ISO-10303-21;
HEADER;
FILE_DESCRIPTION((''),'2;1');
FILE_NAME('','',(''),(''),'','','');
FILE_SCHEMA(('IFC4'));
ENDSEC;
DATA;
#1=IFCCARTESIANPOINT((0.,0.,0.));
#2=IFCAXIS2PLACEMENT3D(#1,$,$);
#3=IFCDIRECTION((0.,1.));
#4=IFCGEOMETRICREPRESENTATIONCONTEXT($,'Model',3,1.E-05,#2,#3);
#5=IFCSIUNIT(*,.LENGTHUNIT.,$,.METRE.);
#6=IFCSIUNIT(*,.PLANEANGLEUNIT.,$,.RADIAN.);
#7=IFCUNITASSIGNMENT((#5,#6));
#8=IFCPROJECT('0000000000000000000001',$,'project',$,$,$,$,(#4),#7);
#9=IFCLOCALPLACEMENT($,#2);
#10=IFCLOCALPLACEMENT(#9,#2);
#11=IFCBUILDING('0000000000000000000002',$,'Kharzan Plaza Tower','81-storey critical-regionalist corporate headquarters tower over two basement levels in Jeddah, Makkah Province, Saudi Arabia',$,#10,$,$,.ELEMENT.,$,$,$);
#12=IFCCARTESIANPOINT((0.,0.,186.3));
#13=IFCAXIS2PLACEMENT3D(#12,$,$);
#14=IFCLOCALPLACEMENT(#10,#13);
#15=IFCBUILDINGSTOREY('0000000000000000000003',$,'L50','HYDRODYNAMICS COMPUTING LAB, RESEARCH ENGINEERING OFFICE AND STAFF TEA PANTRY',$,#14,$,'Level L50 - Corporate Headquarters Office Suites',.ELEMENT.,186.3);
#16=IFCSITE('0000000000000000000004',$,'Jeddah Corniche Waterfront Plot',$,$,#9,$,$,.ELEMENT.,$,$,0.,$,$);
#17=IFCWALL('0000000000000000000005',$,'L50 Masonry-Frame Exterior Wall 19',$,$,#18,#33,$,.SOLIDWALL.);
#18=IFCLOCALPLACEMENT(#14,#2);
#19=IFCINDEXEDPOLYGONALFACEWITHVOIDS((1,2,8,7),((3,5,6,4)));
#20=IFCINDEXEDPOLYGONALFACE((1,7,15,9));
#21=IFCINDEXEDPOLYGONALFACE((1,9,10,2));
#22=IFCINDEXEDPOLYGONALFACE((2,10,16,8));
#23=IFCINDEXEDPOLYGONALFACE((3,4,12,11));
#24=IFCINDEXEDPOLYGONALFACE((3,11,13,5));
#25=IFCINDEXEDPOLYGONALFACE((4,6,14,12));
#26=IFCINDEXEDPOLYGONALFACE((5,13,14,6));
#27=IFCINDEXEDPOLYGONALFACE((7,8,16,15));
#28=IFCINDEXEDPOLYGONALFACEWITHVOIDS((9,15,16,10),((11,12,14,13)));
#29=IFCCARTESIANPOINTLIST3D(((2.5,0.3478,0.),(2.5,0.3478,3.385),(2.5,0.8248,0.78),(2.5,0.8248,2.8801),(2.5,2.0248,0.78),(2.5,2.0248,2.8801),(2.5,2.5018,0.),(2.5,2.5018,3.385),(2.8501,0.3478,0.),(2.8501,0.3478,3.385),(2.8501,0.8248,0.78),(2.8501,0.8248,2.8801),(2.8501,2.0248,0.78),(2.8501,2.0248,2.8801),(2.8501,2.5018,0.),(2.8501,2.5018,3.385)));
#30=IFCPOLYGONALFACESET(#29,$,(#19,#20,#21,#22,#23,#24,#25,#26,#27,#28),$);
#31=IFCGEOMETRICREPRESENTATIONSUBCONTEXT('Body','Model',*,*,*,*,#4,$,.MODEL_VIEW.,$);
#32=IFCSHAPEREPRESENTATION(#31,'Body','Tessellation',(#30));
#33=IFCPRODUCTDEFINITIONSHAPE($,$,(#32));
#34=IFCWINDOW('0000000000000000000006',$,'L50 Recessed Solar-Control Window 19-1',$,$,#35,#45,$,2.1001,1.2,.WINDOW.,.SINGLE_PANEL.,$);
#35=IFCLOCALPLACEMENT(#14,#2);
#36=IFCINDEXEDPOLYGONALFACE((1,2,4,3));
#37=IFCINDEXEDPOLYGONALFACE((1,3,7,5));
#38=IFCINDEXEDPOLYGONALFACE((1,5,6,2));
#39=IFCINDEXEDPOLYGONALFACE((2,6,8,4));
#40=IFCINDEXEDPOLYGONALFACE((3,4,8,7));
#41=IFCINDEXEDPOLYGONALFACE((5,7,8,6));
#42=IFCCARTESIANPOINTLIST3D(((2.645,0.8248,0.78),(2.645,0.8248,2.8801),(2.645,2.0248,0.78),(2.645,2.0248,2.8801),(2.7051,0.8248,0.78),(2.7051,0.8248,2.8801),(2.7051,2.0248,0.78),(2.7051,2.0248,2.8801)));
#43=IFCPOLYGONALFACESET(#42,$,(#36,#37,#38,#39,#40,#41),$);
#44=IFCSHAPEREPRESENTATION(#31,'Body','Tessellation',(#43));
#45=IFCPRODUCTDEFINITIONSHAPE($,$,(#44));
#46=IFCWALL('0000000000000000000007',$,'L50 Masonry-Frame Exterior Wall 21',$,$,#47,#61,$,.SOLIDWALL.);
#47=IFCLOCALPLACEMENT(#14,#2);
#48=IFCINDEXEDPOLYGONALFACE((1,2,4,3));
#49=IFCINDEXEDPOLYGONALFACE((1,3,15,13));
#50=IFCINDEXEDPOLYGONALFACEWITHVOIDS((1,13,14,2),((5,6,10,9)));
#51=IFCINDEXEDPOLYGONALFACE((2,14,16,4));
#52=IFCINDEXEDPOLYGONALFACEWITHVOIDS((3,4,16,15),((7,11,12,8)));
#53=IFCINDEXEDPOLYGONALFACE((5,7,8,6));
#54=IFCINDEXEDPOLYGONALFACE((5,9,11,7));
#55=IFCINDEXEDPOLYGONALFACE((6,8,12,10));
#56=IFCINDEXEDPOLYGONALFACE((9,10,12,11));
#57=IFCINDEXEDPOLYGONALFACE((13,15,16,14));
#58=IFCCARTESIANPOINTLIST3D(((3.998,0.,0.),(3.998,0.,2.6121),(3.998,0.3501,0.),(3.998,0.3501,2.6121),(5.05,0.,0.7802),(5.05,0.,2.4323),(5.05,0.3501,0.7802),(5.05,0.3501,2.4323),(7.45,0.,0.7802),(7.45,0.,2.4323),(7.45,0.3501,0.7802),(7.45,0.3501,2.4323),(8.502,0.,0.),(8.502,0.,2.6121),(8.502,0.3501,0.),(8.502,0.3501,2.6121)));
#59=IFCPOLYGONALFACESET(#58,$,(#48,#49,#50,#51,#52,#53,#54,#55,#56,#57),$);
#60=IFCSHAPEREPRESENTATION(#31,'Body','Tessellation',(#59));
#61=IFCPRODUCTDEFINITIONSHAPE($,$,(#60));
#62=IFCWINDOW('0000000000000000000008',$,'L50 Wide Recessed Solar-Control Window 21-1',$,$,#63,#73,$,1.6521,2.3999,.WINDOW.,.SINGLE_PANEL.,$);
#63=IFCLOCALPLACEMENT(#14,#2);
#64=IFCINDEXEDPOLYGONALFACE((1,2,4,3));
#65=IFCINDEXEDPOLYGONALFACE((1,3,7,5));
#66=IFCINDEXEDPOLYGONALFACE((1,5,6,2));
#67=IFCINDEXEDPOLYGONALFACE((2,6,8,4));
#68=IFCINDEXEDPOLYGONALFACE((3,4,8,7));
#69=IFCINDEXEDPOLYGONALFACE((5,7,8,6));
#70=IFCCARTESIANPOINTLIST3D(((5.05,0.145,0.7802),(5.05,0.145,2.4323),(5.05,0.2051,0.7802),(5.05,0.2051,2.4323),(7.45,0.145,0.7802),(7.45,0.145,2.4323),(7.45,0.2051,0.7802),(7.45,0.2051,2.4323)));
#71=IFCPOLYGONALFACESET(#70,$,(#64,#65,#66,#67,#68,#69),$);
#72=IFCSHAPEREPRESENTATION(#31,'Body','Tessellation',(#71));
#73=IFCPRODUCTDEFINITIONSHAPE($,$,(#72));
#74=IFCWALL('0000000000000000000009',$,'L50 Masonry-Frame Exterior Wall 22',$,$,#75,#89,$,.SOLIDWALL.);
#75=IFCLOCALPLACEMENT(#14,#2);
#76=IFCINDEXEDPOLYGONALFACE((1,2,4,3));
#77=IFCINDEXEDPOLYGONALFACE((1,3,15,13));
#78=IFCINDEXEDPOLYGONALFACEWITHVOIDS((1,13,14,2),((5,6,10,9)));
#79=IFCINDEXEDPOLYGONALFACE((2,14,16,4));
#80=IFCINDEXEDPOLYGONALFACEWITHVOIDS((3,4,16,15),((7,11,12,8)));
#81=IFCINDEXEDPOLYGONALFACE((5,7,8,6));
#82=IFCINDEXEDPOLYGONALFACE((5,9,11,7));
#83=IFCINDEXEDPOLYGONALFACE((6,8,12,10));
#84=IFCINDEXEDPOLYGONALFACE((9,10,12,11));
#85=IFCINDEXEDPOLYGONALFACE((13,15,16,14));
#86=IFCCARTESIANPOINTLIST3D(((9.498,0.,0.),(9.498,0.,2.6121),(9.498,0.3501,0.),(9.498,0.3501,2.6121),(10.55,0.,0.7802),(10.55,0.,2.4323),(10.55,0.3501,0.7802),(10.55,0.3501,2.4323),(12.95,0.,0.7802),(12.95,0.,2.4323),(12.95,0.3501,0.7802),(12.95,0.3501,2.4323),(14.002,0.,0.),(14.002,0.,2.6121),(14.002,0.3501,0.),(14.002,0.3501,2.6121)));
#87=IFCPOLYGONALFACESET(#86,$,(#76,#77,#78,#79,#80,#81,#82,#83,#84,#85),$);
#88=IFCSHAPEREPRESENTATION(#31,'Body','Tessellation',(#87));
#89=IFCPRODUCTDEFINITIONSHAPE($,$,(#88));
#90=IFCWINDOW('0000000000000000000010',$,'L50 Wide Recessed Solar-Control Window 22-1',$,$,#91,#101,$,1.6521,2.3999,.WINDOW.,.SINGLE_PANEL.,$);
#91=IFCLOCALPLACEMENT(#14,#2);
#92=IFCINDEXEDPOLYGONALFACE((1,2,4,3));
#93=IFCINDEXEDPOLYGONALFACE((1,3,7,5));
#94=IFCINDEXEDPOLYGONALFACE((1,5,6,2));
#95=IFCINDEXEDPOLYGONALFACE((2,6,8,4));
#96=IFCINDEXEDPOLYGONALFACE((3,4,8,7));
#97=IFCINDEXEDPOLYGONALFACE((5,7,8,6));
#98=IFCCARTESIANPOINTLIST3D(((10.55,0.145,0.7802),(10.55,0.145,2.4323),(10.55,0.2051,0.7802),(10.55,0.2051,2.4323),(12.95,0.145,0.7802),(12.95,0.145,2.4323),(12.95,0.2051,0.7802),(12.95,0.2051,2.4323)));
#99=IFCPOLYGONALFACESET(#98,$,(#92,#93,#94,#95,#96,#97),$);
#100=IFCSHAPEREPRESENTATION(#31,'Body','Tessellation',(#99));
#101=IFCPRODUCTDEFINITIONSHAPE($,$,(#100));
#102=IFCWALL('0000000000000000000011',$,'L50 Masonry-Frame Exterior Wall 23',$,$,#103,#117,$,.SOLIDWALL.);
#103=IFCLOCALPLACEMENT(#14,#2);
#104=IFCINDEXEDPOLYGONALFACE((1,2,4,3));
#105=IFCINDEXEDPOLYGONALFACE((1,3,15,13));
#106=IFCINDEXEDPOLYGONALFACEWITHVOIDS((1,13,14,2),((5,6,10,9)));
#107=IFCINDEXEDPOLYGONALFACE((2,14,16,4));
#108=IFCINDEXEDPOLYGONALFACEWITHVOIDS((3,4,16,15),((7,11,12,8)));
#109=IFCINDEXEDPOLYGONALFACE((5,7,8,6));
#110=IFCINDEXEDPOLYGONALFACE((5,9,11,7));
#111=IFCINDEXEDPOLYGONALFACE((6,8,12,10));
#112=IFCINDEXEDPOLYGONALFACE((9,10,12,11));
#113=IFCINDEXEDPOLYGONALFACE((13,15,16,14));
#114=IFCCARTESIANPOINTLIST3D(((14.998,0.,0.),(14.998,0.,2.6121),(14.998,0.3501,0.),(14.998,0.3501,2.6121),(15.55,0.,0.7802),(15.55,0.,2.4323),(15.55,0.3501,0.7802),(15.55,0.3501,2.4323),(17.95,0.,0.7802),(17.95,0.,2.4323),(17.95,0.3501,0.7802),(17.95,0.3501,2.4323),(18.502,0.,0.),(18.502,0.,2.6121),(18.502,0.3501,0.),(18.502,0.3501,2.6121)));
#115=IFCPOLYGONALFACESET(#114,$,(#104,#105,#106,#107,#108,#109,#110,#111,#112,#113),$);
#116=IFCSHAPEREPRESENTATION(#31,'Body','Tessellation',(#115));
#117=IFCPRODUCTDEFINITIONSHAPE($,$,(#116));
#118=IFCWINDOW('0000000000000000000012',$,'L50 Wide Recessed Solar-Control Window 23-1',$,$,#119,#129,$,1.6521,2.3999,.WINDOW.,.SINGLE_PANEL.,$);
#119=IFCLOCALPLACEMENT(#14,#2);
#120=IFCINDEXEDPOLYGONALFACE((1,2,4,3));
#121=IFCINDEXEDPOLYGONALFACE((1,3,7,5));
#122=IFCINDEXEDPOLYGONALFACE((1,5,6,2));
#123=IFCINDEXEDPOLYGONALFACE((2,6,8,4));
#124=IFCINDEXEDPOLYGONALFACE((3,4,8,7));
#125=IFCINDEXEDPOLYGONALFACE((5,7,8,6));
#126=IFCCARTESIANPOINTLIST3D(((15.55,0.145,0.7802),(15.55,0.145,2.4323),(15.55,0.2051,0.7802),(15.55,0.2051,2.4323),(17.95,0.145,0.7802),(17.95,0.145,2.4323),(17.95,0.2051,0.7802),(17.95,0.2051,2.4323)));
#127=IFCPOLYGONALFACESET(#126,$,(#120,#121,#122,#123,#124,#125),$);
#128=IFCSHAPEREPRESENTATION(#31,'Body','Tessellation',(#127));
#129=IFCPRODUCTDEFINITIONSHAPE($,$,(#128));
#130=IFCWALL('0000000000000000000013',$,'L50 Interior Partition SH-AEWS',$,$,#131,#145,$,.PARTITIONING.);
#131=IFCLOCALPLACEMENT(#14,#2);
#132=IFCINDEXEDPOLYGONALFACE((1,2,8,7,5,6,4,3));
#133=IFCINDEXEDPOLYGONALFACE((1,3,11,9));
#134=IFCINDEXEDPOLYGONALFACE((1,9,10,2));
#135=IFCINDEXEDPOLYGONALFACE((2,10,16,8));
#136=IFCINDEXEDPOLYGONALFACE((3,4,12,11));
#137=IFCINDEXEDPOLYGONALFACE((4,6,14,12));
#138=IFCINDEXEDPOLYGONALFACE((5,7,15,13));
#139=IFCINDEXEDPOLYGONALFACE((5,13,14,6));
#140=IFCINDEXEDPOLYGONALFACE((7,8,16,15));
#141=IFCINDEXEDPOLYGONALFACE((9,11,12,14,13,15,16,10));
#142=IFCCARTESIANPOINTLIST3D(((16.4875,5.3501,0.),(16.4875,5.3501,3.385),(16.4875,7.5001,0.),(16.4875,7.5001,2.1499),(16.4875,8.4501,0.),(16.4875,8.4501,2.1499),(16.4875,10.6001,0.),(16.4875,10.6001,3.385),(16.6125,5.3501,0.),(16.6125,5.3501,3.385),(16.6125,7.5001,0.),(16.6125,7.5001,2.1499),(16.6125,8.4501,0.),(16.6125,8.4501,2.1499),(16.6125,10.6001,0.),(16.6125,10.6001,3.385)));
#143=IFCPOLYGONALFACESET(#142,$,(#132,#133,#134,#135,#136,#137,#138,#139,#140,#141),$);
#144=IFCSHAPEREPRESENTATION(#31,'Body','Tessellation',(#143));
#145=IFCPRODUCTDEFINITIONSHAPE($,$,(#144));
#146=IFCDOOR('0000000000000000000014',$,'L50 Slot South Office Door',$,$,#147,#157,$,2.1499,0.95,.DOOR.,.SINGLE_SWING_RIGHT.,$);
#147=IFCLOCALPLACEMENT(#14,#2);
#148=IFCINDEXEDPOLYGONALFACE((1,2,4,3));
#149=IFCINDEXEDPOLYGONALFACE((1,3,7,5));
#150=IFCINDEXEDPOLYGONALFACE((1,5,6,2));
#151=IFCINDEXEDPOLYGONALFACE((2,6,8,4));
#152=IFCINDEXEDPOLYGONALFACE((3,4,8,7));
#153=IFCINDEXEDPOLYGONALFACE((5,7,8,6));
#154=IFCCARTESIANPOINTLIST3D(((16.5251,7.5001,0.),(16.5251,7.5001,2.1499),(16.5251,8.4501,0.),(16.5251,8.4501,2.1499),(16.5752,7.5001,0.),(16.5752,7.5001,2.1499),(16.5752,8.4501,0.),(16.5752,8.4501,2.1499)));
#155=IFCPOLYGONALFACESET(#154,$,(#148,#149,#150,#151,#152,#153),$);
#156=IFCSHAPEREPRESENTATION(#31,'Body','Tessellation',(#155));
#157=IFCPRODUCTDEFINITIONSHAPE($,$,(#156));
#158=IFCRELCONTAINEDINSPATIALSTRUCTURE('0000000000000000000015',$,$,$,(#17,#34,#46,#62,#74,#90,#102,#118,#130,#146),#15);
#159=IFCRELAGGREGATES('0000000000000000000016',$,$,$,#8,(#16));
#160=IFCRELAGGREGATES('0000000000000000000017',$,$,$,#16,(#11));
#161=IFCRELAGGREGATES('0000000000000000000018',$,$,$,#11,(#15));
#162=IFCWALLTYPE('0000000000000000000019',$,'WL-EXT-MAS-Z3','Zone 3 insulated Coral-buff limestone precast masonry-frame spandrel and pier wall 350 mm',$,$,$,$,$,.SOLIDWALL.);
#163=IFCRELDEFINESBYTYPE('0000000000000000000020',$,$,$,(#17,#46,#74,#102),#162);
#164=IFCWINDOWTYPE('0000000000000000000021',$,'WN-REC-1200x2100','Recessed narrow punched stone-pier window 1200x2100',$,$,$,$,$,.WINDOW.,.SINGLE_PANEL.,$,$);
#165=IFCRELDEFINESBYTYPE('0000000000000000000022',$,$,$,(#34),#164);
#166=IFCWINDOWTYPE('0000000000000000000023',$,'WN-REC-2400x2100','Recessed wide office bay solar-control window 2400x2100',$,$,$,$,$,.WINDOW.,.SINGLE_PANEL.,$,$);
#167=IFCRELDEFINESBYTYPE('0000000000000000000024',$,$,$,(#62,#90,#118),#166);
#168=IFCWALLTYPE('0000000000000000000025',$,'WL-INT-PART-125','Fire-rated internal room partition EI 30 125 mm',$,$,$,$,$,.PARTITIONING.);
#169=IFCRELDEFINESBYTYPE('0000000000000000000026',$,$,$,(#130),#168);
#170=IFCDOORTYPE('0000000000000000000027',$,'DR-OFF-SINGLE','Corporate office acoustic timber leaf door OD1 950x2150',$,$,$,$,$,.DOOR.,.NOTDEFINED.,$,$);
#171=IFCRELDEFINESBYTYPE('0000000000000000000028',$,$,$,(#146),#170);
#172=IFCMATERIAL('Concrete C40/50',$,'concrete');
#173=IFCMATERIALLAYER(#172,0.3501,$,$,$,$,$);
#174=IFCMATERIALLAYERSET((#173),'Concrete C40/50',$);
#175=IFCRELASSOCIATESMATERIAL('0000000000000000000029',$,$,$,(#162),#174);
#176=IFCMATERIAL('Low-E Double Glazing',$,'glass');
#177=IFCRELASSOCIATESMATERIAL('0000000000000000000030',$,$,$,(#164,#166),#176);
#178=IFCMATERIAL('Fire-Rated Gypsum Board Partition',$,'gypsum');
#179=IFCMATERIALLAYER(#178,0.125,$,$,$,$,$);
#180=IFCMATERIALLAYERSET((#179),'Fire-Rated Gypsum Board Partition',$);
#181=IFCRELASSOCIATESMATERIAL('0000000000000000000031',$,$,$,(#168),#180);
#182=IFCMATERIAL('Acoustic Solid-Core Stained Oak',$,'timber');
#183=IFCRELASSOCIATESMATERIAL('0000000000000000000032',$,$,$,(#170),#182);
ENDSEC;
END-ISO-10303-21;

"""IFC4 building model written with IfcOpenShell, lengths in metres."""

from ifc_helpers import new_model, si_unit, direction, frame, frame_2d, origin, place, context, subcontext, project, spatial, rectangle, extrude, source, transform, mapped, material, layer, layer_set, type_object, element, fill, save


model = new_model("IFC4")

# Units and contexts
model_context = context("Model", 3, precision=1e-05, world=origin(), true_north=direction((0.0, 1.0)))
body_context = subcontext(model_context, "Body", "Model", "MODEL_VIEW")
ifc_project = project(units=[si_unit("LENGTHUNIT", "METRE"), si_unit("PLANEANGLEUNIT", "RADIAN")], contexts=[model_context])

# Site, building, storey
site_placement = place(None, origin())
site = spatial("IfcSite", under=ifc_project, at=site_placement, Name="Jeddah Corniche Waterfront Plot", CompositionType="ELEMENT", RefElevation=0.0)
building_placement = place(site_placement, origin())
building = spatial("IfcBuilding", under=site, at=building_placement, Name="Kharzan Plaza Tower", Description="81-storey critical-regionalist corporate headquarters tower over two basement levels in Jeddah, Makkah Province, Saudi Arabia", CompositionType="ELEMENT")
storey_placement = place(building_placement, frame((0.0, 0.0, 186.3)))
storey = spatial("IfcBuildingStorey", under=building, at=storey_placement, Name="L50", Description="HYDRODYNAMICS COMPUTING LAB, RESEARCH ENGINEERING OFFICE AND STAFF TEA PANTRY", LongName="Level L50 - Corporate Headquarters Office Suites", CompositionType="ELEMENT", Elevation=186.3)

# Walls, openings, windows
ifc_material_1 = material(Name="Concrete C40/50", Category="concrete")
ifc_layer_1 = layer(ifc_material_1, 0.3501)
ifc_layer_set_1 = layer_set([ifc_layer_1], Name="Concrete C40/50")
wall_type_1 = type_object("IfcWallType", Name="WL-EXT-MAS-Z3", Description="Zone 3 insulated Coral-buff limestone precast masonry-frame spandrel and pier wall 350 mm", PredefinedType="SOLIDWALL", material=ifc_layer_set_1)
wall_1_placement = place(storey_placement, frame((2.675, 2.502, 0.0), z_axis=(0.0, 0.0, 1.0), x_axis=(0.0, -1.0, 0.0)))
wall_1 = element("IfcWall", 1, at=wall_1_placement, inside=storey, type_object=wall_type_1, Name="L50 Masonry-Frame Exterior Wall 19", PredefinedType="SOLIDWALL", context=body_context, shape_type="SweptSolid", body=[
    extrude(rectangle(XDim=2.1541, YDim=0.3501, at=frame_2d((1.0771, 0.0))), origin(), (0.0, 0.0, 1.0), 3.385),
])
opening_1_placement = place(wall_1_placement, frame((0.4771, 0.0, 0.78)))
opening_1 = element("IfcOpeningElement", 2, at=opening_1_placement, cuts=wall_1, PredefinedType="OPENING", context=body_context, shape_type="SweptSolid", body=[
    extrude(rectangle(XDim=1.2, YDim=2.1001, at=frame_2d((0.6001, 1.05))), frame((0.0, 0.1851, 0.0), z_axis=(0.0, -1.0, 0.0), x_axis=(1.0, 0.0, 0.0)), (0.0, 0.0, 1.0), 0.3701),
])
ifc_material_2 = material(Name="Low-E Double Glazing", Category="glass")
window_type_1 = type_object("IfcWindowType", Name="WN-REC-1200x2100", Description="Recessed narrow punched stone-pier window 1200x2100", PartitioningType="SINGLE_PANEL", PredefinedType="WINDOW", material=ifc_material_2)
shared_shape_1 = source(origin(), body_context, "Body", "SweptSolid", [
    extrude(rectangle(XDim=1.2, YDim=2.1001, at=frame_2d((0.6001, 1.05))), frame((0.0, 0.03, 0.0), z_axis=(0.0, -1.0, 0.0), x_axis=(1.0, 0.0, 0.0)), (0.0, 0.0, 1.0), 0.0601),
])
window_1_placement = place(opening_1_placement, origin())
window_1 = element("IfcWindow", 3, at=window_1_placement, inside=storey, type_object=window_type_1, Name="L50 Recessed Solar-Control Window 19-1", OverallHeight=2.1001, OverallWidth=1.2, PartitioningType="SINGLE_PANEL", PredefinedType="WINDOW", context=body_context, shape_type="MappedRepresentation", body=[
    mapped(shared_shape_1, transform((0.0, 0.0, 0.0), x_axis=(1.0, 0.0, 0.0), y_axis=(0.0, 1.0, 0.0), z_axis=(0.0, 0.0, 1.0))),
])
fill(opening_1, window_1)
wall_2_placement = place(storey_placement, frame((3.998, 0.175, 0.0), z_axis=(0.0, 0.0, 1.0), x_axis=(1.0, 0.0, 0.0)))
wall_2 = element("IfcWall", 4, at=wall_2_placement, inside=storey, type_object=wall_type_1, Name="L50 Masonry-Frame Exterior Wall 21", PredefinedType="SOLIDWALL", context=body_context, shape_type="SweptSolid", body=[
    extrude(rectangle(XDim=4.5039, YDim=0.3501, at=frame_2d((2.252, 0.0))), origin(), (0.0, 0.0, 1.0), 2.6121),
])
opening_2_placement = place(wall_2_placement, frame((1.052, 0.0, 0.78)))
opening_2 = element("IfcOpeningElement", 5, at=opening_2_placement, cuts=wall_2, PredefinedType="OPENING", context=body_context, shape_type="SweptSolid", body=[
    extrude(rectangle(XDim=2.3999, YDim=1.6521, at=frame_2d((1.2, 0.8262))), frame((0.0, 0.1851, 0.0), z_axis=(0.0, -1.0, 0.0), x_axis=(1.0, 0.0, 0.0)), (0.0, 0.0, 1.0), 0.3701),
])
window_type_2 = type_object("IfcWindowType", Name="WN-REC-2400x2100", Description="Recessed wide office bay solar-control window 2400x2100", PartitioningType="SINGLE_PANEL", PredefinedType="WINDOW", material=ifc_material_2)
shared_shape_2 = source(origin(), body_context, "Body", "SweptSolid", [
    extrude(rectangle(XDim=2.3999, YDim=1.6521, at=frame_2d((1.2, 0.8262))), frame((0.0, 0.03, 0.0), z_axis=(0.0, -1.0, 0.0), x_axis=(1.0, 0.0, 0.0)), (0.0, 0.0, 1.0), 0.0601),
])
window_2_placement = place(opening_2_placement, origin())
window_2 = element("IfcWindow", 6, at=window_2_placement, inside=storey, type_object=window_type_2, Name="L50 Wide Recessed Solar-Control Window 21-1", OverallHeight=1.6521, OverallWidth=2.3999, PartitioningType="SINGLE_PANEL", PredefinedType="WINDOW", context=body_context, shape_type="MappedRepresentation", body=[
    mapped(shared_shape_2, transform((0.0, 0.0, 0.0), x_axis=(1.0, 0.0, 0.0), y_axis=(0.0, 1.0, 0.0), z_axis=(0.0, 0.0, 1.0))),
])
fill(opening_2, window_2)
wall_3_placement = place(storey_placement, frame((9.498, 0.175, 0.0), z_axis=(0.0, 0.0, 1.0), x_axis=(1.0, 0.0, 0.0)))
wall_3 = element("IfcWall", 7, at=wall_3_placement, inside=storey, type_object=wall_type_1, Name="L50 Masonry-Frame Exterior Wall 22", PredefinedType="SOLIDWALL", context=body_context, shape_type="SweptSolid", body=[
    extrude(rectangle(XDim=4.5039, YDim=0.3501, at=frame_2d((2.252, 0.0))), origin(), (0.0, 0.0, 1.0), 2.6121),
])
opening_3_placement = place(wall_3_placement, frame((1.052, 0.0, 0.78)))
opening_3 = element("IfcOpeningElement", 8, at=opening_3_placement, cuts=wall_3, PredefinedType="OPENING", context=body_context, shape_type="SweptSolid", body=[
    extrude(rectangle(XDim=2.3999, YDim=1.6521, at=frame_2d((1.2, 0.8262))), frame((0.0, 0.1851, 0.0), z_axis=(0.0, -1.0, 0.0), x_axis=(1.0, 0.0, 0.0)), (0.0, 0.0, 1.0), 0.3701),
])
window_3_placement = place(opening_3_placement, origin())
window_3 = element("IfcWindow", 9, at=window_3_placement, inside=storey, type_object=window_type_2, Name="L50 Wide Recessed Solar-Control Window 22-1", OverallHeight=1.6521, OverallWidth=2.3999, PartitioningType="SINGLE_PANEL", PredefinedType="WINDOW", context=body_context, shape_type="MappedRepresentation", body=[
    mapped(shared_shape_2, transform((0.0, 0.0, 0.0), x_axis=(1.0, 0.0, 0.0), y_axis=(0.0, 1.0, 0.0), z_axis=(0.0, 0.0, 1.0))),
])
fill(opening_3, window_3)
wall_4_placement = place(storey_placement, frame((14.998, 0.175, 0.0), z_axis=(0.0, 0.0, 1.0), x_axis=(1.0, 0.0, 0.0)))
wall_4 = element("IfcWall", 10, at=wall_4_placement, inside=storey, type_object=wall_type_1, Name="L50 Masonry-Frame Exterior Wall 23", PredefinedType="SOLIDWALL", context=body_context, shape_type="SweptSolid", body=[
    extrude(rectangle(XDim=3.5039, YDim=0.3501, at=frame_2d((1.752, 0.0))), origin(), (0.0, 0.0, 1.0), 2.6121),
])
opening_4_placement = place(wall_4_placement, frame((0.552, 0.0, 0.78)))
opening_4 = element("IfcOpeningElement", 11, at=opening_4_placement, cuts=wall_4, PredefinedType="OPENING", context=body_context, shape_type="SweptSolid", body=[
    extrude(rectangle(XDim=2.3999, YDim=1.6521, at=frame_2d((1.2, 0.8262))), frame((0.0, 0.1851, 0.0), z_axis=(0.0, -1.0, 0.0), x_axis=(1.0, 0.0, 0.0)), (0.0, 0.0, 1.0), 0.3701),
])
window_4_placement = place(opening_4_placement, origin())
window_4 = element("IfcWindow", 12, at=window_4_placement, inside=storey, type_object=window_type_2, Name="L50 Wide Recessed Solar-Control Window 23-1", OverallHeight=1.6521, OverallWidth=2.3999, PartitioningType="SINGLE_PANEL", PredefinedType="WINDOW", context=body_context, shape_type="MappedRepresentation", body=[
    mapped(shared_shape_2, transform((0.0, 0.0, 0.0), x_axis=(1.0, 0.0, 0.0), y_axis=(0.0, 1.0, 0.0), z_axis=(0.0, 0.0, 1.0))),
])
fill(opening_4, window_4)

# Wall, opening, door
ifc_material_3 = material(Name="Fire-Rated Gypsum Board Partition", Category="gypsum")
ifc_layer_2 = layer(ifc_material_3, 0.125)
ifc_layer_set_2 = layer_set([ifc_layer_2], Name="Fire-Rated Gypsum Board Partition")
wall_type_2 = type_object("IfcWallType", Name="WL-INT-PART-125", Description="Fire-rated internal room partition EI 30 125 mm", PredefinedType="PARTITIONING", material=ifc_layer_set_2)
wall_5_placement = place(storey_placement, frame((16.55, 5.3501, 0.0), z_axis=(0.0, 0.0, 1.0), x_axis=(0.0, 1.0, 0.0)))
wall_5 = element("IfcWall", 13, at=wall_5_placement, inside=storey, type_object=wall_type_2, Name="L50 Interior Partition SH-AEWS", PredefinedType="PARTITIONING", context=body_context, shape_type="SweptSolid", body=[
    extrude(rectangle(XDim=5.25, YDim=0.125, at=frame_2d((2.625, 0.0))), origin(), (0.0, 0.0, 1.0), 3.385),
])
opening_5_placement = place(wall_5_placement, frame((2.1499, 0.0, 0.0)))
opening_5 = element("IfcOpeningElement", 14, at=opening_5_placement, cuts=wall_5, PredefinedType="OPENING", context=body_context, shape_type="SweptSolid", body=[
    extrude(rectangle(XDim=0.95, YDim=2.1499, at=frame_2d((0.4751, 1.075))), frame((0.0, 0.0725, 0.0), z_axis=(0.0, -1.0, 0.0), x_axis=(1.0, 0.0, 0.0)), (0.0, 0.0, 1.0), 0.145),
])
ifc_material_4 = material(Name="Acoustic Solid-Core Stained Oak", Category="timber")
door_type = type_object("IfcDoorType", Name="DR-OFF-SINGLE", Description="Corporate office acoustic timber leaf door OD1 950x2150", OperationType="NOTDEFINED", PredefinedType="DOOR", material=ifc_material_4)
shared_shape_3 = source(origin(), body_context, "Body", "SweptSolid", [
    extrude(rectangle(XDim=0.95, YDim=2.1499, at=frame_2d((0.4751, 1.075))), frame((0.0, 0.0249, 0.0), z_axis=(0.0, -1.0, 0.0), x_axis=(1.0, 0.0, 0.0)), (0.0, 0.0, 1.0), 0.05),
])
door_1_placement = place(opening_5_placement, origin())
door_1 = element("IfcDoor", 15, at=door_1_placement, inside=storey, type_object=door_type, Name="L50 Slot South Office Door", OperationType="SINGLE_SWING_RIGHT", OverallHeight=2.1499, OverallWidth=0.95, PredefinedType="DOOR", context=body_context, shape_type="MappedRepresentation", body=[
    mapped(shared_shape_3, transform((0.0, 0.0, 0.0), x_axis=(1.0, 0.0, 0.0), y_axis=(0.0, 1.0, 0.0), z_axis=(0.0, 0.0, 1.0))),
])
fill(opening_5, door_1)

save(model, "model.ifc")
